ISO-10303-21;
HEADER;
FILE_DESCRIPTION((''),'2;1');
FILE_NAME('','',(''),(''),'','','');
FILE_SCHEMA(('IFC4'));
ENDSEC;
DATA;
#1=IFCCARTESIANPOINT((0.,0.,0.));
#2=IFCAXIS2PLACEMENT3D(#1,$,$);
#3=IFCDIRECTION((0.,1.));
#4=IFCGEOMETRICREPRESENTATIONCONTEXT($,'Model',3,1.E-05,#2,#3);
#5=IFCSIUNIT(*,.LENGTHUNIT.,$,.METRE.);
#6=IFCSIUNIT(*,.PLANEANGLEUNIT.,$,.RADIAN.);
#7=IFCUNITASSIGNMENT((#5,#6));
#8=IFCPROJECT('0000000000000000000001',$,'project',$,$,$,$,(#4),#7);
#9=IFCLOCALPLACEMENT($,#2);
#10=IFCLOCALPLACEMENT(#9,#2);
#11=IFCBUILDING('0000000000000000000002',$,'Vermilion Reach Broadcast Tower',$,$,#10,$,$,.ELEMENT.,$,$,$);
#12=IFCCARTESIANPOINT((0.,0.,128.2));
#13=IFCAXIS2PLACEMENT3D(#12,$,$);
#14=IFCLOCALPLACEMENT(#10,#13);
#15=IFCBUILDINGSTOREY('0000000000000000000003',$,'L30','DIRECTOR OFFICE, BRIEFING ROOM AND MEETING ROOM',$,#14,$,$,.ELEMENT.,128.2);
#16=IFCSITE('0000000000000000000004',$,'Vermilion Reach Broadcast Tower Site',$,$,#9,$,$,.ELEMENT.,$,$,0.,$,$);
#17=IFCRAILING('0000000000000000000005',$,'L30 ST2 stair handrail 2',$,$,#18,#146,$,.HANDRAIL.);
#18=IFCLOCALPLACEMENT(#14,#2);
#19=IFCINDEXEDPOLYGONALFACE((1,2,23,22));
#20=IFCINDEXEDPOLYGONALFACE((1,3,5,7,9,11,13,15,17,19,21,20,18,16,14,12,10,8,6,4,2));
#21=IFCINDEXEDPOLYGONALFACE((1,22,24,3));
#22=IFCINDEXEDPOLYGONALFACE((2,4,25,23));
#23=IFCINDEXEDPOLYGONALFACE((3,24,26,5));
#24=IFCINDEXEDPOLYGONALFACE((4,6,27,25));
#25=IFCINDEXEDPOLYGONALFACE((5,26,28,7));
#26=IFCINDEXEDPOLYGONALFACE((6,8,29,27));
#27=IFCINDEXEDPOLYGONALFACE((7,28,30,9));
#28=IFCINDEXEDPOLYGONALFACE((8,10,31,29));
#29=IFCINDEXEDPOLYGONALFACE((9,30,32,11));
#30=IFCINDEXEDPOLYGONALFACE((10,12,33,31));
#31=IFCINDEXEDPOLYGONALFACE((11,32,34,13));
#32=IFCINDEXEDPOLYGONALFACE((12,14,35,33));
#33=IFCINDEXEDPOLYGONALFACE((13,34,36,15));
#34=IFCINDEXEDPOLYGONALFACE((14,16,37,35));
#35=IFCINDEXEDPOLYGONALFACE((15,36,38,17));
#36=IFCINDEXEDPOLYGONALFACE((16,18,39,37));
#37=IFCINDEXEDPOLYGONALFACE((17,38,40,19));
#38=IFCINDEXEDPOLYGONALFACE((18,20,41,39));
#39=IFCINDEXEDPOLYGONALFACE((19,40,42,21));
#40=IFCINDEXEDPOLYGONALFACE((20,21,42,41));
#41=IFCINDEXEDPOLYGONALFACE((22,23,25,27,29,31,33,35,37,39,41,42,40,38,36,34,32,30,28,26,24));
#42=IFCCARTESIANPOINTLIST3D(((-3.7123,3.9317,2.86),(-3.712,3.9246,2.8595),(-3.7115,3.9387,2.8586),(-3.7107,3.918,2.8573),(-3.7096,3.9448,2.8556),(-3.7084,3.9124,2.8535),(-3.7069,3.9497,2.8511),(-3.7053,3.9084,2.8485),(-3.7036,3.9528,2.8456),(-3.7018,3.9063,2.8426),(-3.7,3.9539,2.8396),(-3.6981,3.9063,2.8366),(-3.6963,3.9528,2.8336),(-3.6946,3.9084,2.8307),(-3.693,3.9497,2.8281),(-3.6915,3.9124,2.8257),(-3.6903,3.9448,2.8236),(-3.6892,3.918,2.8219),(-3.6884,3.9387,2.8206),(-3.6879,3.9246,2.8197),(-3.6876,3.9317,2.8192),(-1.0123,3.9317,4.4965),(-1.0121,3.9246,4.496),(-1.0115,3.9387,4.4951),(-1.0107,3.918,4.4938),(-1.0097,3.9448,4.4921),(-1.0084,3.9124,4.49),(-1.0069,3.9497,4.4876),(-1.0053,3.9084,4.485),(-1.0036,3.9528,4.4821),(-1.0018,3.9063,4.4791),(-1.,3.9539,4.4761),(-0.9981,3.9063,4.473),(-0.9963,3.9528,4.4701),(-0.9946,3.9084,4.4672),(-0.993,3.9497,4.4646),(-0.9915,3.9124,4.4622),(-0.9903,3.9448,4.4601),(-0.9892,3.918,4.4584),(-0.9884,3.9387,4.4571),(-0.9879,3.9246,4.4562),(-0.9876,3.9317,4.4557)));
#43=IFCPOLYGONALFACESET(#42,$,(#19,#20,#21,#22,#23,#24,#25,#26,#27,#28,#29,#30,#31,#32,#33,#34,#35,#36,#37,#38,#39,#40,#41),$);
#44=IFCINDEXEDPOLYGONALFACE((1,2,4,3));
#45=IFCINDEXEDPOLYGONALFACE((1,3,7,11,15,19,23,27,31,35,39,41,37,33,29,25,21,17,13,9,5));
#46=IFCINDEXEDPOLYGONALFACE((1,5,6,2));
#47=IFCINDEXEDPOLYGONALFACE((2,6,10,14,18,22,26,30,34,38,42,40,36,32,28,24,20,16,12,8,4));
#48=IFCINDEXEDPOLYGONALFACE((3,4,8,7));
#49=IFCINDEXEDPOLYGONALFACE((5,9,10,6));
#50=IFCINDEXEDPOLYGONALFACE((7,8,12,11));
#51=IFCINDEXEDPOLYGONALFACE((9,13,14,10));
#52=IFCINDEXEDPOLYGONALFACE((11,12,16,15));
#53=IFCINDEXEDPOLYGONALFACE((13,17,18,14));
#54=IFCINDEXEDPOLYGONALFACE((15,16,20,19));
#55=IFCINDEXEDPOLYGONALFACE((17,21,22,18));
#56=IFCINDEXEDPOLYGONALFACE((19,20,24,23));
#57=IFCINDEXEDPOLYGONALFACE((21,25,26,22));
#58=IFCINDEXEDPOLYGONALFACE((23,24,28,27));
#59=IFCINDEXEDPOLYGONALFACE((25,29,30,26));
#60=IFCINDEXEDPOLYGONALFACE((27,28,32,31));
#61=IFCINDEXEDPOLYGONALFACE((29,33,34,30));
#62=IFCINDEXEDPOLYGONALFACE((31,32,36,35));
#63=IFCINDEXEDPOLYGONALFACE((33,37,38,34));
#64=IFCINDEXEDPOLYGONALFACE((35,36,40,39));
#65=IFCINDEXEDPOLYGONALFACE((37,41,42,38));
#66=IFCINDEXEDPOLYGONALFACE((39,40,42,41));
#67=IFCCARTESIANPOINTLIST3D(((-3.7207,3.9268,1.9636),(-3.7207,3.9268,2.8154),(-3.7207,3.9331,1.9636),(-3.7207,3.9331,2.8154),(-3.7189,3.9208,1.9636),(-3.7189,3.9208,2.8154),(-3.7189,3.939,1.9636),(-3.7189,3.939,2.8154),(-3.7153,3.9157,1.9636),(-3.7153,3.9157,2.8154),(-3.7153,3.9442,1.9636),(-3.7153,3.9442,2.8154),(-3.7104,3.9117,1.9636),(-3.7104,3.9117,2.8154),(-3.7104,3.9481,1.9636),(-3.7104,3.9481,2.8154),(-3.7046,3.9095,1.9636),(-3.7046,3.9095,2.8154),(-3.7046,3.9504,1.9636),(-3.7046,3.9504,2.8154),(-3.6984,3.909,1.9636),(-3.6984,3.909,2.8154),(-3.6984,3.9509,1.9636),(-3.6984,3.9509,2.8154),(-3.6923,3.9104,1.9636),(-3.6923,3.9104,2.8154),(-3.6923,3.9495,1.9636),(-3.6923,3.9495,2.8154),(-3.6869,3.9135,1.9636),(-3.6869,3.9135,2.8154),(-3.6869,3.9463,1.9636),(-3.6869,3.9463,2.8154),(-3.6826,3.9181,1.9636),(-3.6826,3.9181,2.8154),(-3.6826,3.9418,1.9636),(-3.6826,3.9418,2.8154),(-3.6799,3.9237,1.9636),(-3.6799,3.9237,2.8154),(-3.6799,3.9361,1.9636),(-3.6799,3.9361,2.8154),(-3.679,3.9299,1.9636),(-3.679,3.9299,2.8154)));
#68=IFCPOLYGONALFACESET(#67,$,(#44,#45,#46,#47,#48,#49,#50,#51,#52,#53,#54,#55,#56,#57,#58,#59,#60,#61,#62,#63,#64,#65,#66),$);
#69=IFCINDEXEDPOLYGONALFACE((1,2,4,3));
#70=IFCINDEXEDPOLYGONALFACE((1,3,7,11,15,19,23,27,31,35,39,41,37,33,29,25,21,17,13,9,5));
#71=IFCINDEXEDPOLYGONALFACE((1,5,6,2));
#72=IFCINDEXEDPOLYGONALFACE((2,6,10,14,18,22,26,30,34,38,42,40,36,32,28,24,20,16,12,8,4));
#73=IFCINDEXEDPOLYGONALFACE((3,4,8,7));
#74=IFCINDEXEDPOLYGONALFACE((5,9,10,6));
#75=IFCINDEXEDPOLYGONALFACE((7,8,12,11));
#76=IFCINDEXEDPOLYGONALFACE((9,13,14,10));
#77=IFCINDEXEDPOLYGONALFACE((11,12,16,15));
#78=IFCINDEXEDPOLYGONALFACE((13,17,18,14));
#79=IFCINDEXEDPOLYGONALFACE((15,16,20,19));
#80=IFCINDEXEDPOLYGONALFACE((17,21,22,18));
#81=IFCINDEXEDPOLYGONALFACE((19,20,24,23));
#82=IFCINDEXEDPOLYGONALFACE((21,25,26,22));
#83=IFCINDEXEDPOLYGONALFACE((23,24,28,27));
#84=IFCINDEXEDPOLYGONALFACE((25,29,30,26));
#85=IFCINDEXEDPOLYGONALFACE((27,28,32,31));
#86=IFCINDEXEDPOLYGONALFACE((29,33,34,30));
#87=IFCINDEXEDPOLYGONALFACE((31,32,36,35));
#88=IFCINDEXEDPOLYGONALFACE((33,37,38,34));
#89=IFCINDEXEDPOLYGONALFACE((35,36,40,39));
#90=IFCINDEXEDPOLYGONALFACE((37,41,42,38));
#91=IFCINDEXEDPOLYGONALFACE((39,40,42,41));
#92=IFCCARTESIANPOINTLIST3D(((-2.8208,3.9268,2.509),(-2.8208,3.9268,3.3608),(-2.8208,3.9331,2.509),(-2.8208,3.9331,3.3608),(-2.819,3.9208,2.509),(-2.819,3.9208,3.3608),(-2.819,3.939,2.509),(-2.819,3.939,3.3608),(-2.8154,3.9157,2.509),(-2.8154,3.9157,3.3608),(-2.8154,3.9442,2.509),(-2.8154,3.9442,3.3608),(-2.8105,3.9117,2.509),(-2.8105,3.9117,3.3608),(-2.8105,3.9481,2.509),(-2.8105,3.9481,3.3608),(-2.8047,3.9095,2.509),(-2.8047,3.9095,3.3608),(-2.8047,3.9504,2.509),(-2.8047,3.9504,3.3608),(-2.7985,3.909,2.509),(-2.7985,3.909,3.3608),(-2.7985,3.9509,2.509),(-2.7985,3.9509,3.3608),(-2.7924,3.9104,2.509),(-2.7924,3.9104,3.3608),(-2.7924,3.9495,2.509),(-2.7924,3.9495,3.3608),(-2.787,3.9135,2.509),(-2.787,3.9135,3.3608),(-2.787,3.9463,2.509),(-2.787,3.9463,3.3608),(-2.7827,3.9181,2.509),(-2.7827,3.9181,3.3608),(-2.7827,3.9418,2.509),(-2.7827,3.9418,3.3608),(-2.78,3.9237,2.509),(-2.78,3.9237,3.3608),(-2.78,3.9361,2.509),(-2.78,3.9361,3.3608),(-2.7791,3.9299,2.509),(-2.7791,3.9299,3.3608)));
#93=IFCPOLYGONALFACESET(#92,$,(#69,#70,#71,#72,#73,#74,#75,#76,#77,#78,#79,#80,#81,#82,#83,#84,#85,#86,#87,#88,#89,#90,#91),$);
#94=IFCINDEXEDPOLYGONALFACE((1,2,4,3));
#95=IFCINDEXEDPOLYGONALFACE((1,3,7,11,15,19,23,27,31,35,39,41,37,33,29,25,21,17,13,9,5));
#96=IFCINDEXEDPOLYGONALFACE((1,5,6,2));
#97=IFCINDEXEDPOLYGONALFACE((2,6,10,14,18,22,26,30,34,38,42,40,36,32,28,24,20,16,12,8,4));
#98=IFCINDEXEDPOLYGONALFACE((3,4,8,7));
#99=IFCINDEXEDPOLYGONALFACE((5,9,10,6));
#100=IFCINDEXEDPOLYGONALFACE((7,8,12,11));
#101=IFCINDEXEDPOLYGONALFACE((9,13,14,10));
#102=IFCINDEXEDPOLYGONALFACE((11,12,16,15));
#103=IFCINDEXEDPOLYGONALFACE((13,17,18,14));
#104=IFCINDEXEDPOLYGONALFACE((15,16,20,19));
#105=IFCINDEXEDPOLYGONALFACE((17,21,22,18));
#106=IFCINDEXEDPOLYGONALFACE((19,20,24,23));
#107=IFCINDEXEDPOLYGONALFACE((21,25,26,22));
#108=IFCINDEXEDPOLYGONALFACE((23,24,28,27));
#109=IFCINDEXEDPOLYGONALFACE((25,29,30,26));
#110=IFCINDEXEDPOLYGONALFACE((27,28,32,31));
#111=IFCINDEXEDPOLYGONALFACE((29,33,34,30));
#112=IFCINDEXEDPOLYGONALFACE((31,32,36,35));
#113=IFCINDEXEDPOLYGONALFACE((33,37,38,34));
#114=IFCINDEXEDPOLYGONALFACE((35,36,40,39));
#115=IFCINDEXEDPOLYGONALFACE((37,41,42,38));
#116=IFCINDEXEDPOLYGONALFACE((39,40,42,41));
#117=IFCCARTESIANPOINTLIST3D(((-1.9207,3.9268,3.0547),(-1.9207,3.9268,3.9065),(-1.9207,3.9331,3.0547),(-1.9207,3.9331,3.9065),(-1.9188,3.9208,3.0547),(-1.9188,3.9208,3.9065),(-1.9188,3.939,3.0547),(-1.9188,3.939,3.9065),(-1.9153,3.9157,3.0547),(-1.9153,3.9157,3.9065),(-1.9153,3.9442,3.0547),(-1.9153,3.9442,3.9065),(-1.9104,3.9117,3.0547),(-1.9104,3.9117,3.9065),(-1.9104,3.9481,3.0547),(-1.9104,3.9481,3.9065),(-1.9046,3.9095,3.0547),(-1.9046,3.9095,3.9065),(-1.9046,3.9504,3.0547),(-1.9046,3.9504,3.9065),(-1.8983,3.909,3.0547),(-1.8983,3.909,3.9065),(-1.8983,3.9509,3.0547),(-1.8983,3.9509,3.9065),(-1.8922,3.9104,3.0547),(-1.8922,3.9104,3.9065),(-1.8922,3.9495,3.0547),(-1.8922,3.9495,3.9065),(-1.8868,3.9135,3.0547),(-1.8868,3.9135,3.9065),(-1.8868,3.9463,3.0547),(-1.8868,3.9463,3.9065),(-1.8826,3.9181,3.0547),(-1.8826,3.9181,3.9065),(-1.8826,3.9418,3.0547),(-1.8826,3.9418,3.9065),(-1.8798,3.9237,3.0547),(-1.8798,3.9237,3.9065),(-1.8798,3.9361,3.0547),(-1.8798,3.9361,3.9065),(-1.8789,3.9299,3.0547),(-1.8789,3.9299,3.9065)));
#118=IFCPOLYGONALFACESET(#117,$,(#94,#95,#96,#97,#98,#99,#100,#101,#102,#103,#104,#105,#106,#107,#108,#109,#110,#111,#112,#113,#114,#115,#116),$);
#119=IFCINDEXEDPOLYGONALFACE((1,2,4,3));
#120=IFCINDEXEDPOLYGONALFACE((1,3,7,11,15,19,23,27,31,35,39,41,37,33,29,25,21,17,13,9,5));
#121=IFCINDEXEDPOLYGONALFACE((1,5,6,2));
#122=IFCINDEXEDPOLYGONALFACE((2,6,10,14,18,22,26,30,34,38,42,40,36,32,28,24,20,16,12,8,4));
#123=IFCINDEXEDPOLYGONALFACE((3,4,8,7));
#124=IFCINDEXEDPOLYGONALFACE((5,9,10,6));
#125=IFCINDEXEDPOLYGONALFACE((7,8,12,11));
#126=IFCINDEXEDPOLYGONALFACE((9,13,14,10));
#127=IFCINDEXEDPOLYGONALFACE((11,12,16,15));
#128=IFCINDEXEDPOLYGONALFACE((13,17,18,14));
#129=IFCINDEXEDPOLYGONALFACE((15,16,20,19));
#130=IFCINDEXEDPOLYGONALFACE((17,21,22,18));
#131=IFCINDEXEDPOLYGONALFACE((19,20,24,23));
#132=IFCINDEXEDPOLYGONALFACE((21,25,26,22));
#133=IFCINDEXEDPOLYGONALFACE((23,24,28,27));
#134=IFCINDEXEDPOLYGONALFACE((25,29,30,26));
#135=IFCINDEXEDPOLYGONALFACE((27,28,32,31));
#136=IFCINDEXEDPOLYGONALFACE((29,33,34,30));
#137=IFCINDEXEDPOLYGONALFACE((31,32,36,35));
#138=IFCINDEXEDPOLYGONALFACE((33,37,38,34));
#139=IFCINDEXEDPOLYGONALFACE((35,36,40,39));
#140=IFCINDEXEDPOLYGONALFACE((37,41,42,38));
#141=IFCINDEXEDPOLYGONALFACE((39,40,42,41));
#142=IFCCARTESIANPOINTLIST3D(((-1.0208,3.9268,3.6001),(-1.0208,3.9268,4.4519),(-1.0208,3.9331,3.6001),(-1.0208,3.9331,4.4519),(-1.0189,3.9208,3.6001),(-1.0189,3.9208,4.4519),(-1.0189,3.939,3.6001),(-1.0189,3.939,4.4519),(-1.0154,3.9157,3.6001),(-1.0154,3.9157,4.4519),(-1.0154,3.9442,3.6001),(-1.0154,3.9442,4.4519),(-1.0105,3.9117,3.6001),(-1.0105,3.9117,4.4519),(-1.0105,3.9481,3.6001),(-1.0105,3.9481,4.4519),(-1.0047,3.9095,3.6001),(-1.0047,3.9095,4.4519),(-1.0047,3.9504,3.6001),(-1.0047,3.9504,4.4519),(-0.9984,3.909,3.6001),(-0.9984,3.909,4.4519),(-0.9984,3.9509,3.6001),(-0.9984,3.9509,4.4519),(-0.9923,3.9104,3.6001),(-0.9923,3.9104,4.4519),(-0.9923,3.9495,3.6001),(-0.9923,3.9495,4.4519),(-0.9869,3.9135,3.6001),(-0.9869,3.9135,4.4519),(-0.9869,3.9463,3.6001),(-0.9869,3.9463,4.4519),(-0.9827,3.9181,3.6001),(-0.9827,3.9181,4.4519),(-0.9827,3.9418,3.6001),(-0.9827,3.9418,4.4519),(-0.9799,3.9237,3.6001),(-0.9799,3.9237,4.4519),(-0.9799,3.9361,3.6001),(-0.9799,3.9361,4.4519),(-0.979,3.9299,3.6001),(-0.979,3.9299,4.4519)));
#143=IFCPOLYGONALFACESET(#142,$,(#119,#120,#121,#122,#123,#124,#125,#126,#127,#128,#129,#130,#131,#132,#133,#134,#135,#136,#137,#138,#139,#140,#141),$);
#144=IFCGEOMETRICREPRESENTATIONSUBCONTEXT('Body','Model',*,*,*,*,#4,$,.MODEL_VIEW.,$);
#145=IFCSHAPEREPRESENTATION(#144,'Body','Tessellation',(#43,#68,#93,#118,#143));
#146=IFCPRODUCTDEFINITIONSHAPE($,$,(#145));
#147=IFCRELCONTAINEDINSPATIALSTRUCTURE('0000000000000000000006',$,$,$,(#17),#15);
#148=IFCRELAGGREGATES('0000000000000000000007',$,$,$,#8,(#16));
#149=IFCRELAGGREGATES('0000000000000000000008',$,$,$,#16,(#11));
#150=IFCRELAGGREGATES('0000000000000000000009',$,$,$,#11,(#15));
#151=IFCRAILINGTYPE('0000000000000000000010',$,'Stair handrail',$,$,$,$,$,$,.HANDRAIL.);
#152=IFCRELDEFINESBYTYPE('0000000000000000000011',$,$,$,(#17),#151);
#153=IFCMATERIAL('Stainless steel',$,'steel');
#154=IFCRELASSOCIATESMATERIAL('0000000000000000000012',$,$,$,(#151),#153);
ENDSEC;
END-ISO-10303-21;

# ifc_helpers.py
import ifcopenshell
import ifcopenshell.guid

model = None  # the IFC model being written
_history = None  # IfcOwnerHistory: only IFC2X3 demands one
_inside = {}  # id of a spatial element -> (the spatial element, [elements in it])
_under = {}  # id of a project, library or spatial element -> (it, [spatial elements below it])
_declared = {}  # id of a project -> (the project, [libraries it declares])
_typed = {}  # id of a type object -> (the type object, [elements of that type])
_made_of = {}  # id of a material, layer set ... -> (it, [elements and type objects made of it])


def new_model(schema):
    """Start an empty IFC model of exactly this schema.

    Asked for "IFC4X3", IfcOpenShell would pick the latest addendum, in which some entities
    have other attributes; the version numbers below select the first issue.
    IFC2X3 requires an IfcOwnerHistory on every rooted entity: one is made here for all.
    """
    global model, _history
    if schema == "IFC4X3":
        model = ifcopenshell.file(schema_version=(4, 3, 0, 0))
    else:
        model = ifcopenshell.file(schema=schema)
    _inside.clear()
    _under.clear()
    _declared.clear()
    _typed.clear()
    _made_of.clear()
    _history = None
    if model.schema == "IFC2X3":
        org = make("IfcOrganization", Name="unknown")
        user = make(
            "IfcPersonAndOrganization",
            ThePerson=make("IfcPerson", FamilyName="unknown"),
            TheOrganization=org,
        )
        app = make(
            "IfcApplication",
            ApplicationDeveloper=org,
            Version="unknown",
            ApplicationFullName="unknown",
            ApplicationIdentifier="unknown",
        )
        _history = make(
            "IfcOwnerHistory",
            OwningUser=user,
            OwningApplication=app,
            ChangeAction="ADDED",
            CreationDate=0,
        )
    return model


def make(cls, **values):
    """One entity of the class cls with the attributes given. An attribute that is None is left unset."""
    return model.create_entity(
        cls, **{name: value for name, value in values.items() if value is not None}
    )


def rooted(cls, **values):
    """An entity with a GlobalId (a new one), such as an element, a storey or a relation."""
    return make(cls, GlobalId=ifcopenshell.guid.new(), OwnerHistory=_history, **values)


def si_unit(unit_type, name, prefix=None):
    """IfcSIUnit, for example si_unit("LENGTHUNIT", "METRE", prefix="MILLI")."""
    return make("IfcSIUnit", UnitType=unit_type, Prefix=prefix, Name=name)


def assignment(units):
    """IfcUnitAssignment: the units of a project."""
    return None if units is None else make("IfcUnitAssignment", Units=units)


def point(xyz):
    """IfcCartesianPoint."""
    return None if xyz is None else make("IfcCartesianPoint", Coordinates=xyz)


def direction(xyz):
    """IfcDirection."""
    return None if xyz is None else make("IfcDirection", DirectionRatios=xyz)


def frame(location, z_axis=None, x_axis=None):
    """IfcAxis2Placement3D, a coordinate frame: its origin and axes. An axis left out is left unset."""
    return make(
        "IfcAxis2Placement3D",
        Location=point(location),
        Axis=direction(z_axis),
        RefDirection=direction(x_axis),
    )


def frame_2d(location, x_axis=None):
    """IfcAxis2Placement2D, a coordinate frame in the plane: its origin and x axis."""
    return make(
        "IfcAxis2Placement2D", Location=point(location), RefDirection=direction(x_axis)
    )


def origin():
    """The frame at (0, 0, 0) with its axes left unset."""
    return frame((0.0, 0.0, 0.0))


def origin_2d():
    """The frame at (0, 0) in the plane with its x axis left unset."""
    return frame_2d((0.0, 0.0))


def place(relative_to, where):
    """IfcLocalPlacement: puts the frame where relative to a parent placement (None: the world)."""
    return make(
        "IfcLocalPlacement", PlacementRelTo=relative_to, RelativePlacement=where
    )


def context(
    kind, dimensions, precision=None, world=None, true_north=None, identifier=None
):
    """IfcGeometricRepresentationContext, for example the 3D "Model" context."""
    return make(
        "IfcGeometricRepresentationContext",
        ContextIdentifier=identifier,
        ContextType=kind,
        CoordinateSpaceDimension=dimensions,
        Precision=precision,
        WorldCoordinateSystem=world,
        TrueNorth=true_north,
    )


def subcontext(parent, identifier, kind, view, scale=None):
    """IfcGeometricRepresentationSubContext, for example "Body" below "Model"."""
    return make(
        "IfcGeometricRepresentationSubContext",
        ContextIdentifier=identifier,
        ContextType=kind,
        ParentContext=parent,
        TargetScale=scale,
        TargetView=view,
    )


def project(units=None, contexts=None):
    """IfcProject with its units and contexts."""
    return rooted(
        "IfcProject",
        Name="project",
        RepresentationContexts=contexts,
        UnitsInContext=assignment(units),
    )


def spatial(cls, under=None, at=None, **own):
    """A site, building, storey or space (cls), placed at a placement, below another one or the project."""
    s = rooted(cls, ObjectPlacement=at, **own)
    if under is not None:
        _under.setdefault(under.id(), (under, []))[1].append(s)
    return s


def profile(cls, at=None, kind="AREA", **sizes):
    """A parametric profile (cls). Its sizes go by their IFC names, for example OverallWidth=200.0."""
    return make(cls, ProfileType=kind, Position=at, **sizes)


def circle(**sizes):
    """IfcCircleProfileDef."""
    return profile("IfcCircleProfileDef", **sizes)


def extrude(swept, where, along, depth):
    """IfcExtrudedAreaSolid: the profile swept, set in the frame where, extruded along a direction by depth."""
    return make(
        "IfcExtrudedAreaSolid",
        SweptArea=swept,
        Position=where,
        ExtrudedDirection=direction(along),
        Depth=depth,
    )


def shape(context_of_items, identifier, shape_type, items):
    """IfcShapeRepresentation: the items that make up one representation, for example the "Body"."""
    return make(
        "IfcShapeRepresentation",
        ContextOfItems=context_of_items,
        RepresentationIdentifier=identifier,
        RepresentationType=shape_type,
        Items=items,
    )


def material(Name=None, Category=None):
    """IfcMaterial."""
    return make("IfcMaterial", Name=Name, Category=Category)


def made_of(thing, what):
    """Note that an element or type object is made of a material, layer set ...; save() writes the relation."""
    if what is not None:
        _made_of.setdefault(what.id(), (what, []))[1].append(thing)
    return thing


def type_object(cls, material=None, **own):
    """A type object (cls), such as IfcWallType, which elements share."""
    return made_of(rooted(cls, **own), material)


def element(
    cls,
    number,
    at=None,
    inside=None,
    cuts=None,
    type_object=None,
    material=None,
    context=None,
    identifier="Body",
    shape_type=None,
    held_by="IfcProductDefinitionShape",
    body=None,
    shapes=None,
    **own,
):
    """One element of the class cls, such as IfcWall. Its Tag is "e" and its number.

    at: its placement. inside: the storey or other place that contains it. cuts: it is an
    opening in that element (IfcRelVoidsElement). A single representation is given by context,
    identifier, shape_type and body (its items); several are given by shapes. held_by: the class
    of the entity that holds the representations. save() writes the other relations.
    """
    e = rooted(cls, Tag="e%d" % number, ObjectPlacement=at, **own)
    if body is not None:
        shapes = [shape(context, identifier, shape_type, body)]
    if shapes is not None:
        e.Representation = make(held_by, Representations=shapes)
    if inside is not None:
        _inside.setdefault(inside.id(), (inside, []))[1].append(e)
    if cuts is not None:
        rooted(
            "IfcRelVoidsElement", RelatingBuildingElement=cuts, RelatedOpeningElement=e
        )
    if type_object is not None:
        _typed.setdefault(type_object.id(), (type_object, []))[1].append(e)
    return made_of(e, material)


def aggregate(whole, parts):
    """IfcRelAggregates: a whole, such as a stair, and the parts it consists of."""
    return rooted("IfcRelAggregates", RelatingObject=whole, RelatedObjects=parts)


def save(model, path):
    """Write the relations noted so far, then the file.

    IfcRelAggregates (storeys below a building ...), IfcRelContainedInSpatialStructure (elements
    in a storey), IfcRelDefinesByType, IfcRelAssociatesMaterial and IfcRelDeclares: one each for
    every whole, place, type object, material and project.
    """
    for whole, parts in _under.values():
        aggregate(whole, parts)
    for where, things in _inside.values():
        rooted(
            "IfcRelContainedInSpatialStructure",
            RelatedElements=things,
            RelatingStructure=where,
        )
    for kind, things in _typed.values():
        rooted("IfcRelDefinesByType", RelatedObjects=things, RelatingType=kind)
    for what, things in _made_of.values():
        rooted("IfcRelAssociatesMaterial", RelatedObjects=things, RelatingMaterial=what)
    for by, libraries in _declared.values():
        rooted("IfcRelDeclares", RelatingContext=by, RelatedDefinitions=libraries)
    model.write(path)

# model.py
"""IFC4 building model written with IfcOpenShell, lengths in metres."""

from ifc_helpers import new_model, si_unit, direction, frame, origin, origin_2d, place, context, subcontext, project, spatial, circle, extrude, material, type_object, element, save


model = new_model("IFC4")

# Units and contexts
model_context = context("Model", 3, precision=1e-05, world=origin(), true_north=direction((0.0, 1.0)))
body_context = subcontext(model_context, "Body", "Model", "MODEL_VIEW")
ifc_project = project(units=[si_unit("LENGTHUNIT", "METRE"), si_unit("PLANEANGLEUNIT", "RADIAN")], contexts=[model_context])

# Site, building, storey
site_placement = place(None, origin())
site = spatial("IfcSite", under=ifc_project, at=site_placement, Name="Vermilion Reach Broadcast Tower Site", CompositionType="ELEMENT", RefElevation=0.0)
building_placement = place(site_placement, origin())
building = spatial("IfcBuilding", under=site, at=building_placement, Name="Vermilion Reach Broadcast Tower", CompositionType="ELEMENT")
storey_placement = place(building_placement, frame((0.0, 0.0, 128.2)))
storey = spatial("IfcBuildingStorey", under=building, at=storey_placement, Name="L30", Description="DIRECTOR OFFICE, BRIEFING ROOM AND MEETING ROOM", CompositionType="ELEMENT", Elevation=128.2)

# Railing
ifc_material_1 = material(Name="Stainless steel", Category="steel")
railing_type_1 = type_object("IfcRailingType", Name="Stair handrail", PredefinedType="HANDRAIL", material=ifc_material_1)
railing_1_placement = place(storey_placement, frame((-3.7, 3.9299, 1.9636)))
element("IfcRailing", 1, at=railing_1_placement, inside=storey, type_object=railing_type_1, Name="L30 ST2 stair handrail 2", PredefinedType="HANDRAIL", context=body_context, shape_type="SweptSolid", body=[
    extrude(circle(Radius=0.0239, at=origin_2d()), frame((0.0, 0.0, 0.876), z_axis=(0.855178, 0.0, 0.518334), x_axis=(0.0, 1.0, 0.0)), (0.0, 0.0, 1.0), 3.1572),
    extrude(circle(Radius=0.021, at=origin_2d()), origin(), (0.0, 0.0, 1.0), 0.8518),
    extrude(circle(Radius=0.021, at=origin_2d()), frame((0.8999, 0.0, 0.5454)), (0.0, 0.0, 1.0), 0.8518),
    extrude(circle(Radius=0.021, at=origin_2d()), frame((1.8, 0.0, 1.0911)), (0.0, 0.0, 1.0), 0.8518),
    extrude(circle(Radius=0.021, at=origin_2d()), frame((2.7, 0.0, 1.6365)), (0.0, 0.0, 1.0), 0.8518),
])

save(model, "model.ifc")
